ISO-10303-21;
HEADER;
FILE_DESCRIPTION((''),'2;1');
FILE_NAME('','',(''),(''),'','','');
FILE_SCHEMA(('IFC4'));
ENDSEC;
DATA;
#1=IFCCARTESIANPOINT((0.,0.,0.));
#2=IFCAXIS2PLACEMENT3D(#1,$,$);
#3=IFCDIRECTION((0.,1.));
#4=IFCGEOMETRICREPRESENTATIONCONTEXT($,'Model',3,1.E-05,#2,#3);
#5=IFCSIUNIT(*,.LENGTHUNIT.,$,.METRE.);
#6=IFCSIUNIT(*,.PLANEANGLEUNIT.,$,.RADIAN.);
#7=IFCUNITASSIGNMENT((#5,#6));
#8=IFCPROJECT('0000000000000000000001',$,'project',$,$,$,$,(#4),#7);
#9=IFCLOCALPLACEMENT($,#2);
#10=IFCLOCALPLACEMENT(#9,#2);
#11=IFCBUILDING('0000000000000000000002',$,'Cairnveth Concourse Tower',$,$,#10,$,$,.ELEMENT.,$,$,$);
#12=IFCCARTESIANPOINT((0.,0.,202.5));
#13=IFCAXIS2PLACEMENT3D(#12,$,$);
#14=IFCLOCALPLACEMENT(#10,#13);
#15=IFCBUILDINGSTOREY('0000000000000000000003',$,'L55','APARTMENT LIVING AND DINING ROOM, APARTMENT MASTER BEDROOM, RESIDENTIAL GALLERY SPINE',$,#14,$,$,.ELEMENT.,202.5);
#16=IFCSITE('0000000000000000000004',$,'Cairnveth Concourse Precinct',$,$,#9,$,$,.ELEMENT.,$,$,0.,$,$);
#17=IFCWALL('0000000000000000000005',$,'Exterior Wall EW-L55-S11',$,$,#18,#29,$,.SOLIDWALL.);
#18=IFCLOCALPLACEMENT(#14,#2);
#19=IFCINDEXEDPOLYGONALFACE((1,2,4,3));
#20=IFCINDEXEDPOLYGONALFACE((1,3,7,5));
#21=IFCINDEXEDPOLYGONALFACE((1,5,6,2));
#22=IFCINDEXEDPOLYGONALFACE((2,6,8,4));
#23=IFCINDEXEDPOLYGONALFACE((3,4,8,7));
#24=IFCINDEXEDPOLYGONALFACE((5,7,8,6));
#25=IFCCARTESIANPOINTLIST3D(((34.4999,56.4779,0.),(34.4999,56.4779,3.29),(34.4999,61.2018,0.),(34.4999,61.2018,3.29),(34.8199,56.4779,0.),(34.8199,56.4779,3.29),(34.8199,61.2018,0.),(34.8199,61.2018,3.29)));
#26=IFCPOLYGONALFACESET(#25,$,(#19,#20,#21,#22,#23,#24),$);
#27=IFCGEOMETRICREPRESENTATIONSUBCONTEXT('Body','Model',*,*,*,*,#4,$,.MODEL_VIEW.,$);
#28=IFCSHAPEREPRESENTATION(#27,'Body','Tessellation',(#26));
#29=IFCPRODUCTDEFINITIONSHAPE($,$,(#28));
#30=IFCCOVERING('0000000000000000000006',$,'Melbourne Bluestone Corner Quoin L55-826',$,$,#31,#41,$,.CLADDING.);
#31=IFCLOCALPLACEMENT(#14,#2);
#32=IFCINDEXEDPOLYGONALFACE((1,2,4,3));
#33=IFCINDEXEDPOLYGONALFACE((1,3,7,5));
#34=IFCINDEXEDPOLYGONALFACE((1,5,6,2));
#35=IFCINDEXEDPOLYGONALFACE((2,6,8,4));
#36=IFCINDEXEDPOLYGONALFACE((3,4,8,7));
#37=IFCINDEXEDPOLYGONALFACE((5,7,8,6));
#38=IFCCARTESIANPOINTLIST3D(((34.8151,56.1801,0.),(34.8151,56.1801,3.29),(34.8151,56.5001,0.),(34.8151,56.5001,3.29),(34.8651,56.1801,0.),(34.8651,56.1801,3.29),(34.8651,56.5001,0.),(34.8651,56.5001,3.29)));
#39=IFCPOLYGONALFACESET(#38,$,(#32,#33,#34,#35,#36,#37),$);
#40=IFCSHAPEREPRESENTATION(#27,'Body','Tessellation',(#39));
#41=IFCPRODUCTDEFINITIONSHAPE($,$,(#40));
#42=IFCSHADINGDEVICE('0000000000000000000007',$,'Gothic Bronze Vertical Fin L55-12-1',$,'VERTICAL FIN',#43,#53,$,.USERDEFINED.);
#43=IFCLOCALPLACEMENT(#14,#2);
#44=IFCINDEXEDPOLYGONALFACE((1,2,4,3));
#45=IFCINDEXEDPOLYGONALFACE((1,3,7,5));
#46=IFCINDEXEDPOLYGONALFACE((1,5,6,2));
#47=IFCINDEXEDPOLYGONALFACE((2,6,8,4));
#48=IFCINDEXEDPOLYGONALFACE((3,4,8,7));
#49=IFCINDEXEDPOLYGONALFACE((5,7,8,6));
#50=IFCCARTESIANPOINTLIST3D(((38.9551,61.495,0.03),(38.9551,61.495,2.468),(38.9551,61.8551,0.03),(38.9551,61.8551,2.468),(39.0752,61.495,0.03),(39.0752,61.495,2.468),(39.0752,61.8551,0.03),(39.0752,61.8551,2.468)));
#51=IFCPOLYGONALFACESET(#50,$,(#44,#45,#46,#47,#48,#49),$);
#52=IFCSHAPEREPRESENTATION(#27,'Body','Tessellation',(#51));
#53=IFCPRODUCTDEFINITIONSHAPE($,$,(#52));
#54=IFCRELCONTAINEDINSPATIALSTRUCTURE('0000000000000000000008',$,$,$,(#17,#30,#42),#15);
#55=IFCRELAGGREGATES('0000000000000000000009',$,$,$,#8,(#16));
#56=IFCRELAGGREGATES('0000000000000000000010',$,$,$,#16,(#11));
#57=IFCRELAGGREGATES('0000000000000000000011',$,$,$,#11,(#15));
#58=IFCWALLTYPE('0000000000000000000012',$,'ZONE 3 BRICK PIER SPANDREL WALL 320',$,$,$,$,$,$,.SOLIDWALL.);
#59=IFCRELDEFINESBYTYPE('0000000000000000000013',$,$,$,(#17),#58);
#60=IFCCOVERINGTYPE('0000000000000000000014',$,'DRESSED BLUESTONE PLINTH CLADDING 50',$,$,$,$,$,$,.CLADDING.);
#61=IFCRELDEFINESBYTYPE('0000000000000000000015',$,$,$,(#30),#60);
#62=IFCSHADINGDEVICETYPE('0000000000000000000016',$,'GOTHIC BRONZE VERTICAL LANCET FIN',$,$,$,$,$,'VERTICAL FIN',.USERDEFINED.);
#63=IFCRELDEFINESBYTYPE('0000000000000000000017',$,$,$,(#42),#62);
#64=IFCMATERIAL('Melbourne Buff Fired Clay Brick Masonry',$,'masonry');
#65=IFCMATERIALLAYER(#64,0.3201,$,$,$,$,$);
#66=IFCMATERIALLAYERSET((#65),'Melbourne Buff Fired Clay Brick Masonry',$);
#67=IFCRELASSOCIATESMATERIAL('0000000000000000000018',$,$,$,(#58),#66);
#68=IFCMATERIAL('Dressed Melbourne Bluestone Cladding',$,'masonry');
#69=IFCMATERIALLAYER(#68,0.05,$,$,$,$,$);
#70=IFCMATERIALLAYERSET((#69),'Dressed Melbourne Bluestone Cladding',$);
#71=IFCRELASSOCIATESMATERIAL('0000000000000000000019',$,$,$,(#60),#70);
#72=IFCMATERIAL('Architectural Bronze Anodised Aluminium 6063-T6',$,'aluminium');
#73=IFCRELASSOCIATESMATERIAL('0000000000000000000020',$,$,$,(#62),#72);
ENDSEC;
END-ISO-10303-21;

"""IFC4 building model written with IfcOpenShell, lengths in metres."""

from ifc_helpers import new_model, si_unit, direction, frame, frame_2d, origin, origin_2d, place, context, subcontext, project, spatial, rectangle, extrude, material, layer, layer_set, type_object, element, save


model = new_model("IFC4")

# Units and contexts
model_context = context("Model", 3, precision=1e-05, world=origin(), true_north=direction((0.0, 1.0)))
body_context = subcontext(model_context, "Body", "Model", "MODEL_VIEW")
ifc_project = project(units=[si_unit("LENGTHUNIT", "METRE"), si_unit("PLANEANGLEUNIT", "RADIAN")], contexts=[model_context])

# Site, building, storey
site_placement = place(None, origin())
site = spatial("IfcSite", under=ifc_project, at=site_placement, Name="Cairnveth Concourse Precinct", CompositionType="ELEMENT", RefElevation=0.0)
building_placement = place(site_placement, origin())
building = spatial("IfcBuilding", under=site, at=building_placement, Name="Cairnveth Concourse Tower", CompositionType="ELEMENT")
storey_placement = place(building_placement, frame((0.0, 0.0, 202.5)))
storey = spatial("IfcBuildingStorey", under=building, at=storey_placement, Name="L55", Description="APARTMENT LIVING AND DINING ROOM, APARTMENT MASTER BEDROOM, RESIDENTIAL GALLERY SPINE", CompositionType="ELEMENT", Elevation=202.5)

# Wall
ifc_material_1 = material(Name="Melbourne Buff Fired Clay Brick Masonry", Category="masonry")
ifc_layer_1 = layer(ifc_material_1, 0.3201)
ifc_layer_set_1 = layer_set([ifc_layer_1], Name="Melbourne Buff Fired Clay Brick Masonry")
wall_type_1 = type_object("IfcWallType", Name="ZONE 3 BRICK PIER SPANDREL WALL 320", PredefinedType="SOLIDWALL", material=ifc_layer_set_1)
wall_1_placement = place(storey_placement, frame((34.6599, 56.478, 0.0), z_axis=(0.0, 0.0, 1.0), x_axis=(0.0, 1.0, 0.0)))
element("IfcWall", 1, at=wall_1_placement, inside=storey, type_object=wall_type_1, Name="Exterior Wall EW-L55-S11", PredefinedType="SOLIDWALL", context=body_context, shape_type="SweptSolid", body=[
    extrude(rectangle(XDim=4.7239, YDim=0.3201, at=frame_2d((2.3618, 0.0))), origin(), (0.0, 0.0, 1.0), 3.29),
])

# Covering
ifc_material_2 = material(Name="Dressed Melbourne Bluestone Cladding", Category="masonry")
ifc_layer_2 = layer(ifc_material_2, 0.05)
ifc_layer_set_2 = layer_set([ifc_layer_2], Name="Dressed Melbourne Bluestone Cladding")
covering_type = type_object("IfcCoveringType", Name="DRESSED BLUESTONE PLINTH CLADDING 50", PredefinedType="CLADDING", material=ifc_layer_set_2)
covering_placement = place(storey_placement, frame((34.8401, 56.1799, 0.0), z_axis=(0.0, 0.0, 1.0), x_axis=(0.0, 1.0, 0.0)))
element("IfcCovering", 2, at=covering_placement, inside=storey, type_object=covering_type, Name="Melbourne Bluestone Corner Quoin L55-826", PredefinedType="CLADDING", context=body_context, shape_type="SweptSolid", body=[
    extrude(rectangle(XDim=0.3201, YDim=0.05, at=frame_2d((0.1602, 0.0))), origin(), (0.0, 0.0, 1.0), 3.29),
])

# Shading device
ifc_material_3 = material(Name="Architectural Bronze Anodised Aluminium 6063-T6", Category="aluminium")
shading_device_type = type_object("IfcShadingDeviceType", Name="GOTHIC BRONZE VERTICAL LANCET FIN", ElementType="VERTICAL FIN", PredefinedType="USERDEFINED", material=ifc_material_3)
shading_device_placement = place(storey_placement, frame((39.0151, 61.675, 0.03), z_axis=(0.0, 0.0, 1.0), x_axis=(1.0, 0.0, 0.0)))
element("IfcShadingDevice", 3, at=shading_device_placement, inside=storey, type_object=shading_device_type, Name="Gothic Bronze Vertical Fin L55-12-1", ObjectType="VERTICAL FIN", PredefinedType="USERDEFINED", context=body_context, shape_type="SweptSolid", body=[
    extrude(rectangle(XDim=0.1201, YDim=0.3601, at=origin_2d()), origin(), (0.0, 0.0, 1.0), 2.438),
])

save(model, "model.ifc")
